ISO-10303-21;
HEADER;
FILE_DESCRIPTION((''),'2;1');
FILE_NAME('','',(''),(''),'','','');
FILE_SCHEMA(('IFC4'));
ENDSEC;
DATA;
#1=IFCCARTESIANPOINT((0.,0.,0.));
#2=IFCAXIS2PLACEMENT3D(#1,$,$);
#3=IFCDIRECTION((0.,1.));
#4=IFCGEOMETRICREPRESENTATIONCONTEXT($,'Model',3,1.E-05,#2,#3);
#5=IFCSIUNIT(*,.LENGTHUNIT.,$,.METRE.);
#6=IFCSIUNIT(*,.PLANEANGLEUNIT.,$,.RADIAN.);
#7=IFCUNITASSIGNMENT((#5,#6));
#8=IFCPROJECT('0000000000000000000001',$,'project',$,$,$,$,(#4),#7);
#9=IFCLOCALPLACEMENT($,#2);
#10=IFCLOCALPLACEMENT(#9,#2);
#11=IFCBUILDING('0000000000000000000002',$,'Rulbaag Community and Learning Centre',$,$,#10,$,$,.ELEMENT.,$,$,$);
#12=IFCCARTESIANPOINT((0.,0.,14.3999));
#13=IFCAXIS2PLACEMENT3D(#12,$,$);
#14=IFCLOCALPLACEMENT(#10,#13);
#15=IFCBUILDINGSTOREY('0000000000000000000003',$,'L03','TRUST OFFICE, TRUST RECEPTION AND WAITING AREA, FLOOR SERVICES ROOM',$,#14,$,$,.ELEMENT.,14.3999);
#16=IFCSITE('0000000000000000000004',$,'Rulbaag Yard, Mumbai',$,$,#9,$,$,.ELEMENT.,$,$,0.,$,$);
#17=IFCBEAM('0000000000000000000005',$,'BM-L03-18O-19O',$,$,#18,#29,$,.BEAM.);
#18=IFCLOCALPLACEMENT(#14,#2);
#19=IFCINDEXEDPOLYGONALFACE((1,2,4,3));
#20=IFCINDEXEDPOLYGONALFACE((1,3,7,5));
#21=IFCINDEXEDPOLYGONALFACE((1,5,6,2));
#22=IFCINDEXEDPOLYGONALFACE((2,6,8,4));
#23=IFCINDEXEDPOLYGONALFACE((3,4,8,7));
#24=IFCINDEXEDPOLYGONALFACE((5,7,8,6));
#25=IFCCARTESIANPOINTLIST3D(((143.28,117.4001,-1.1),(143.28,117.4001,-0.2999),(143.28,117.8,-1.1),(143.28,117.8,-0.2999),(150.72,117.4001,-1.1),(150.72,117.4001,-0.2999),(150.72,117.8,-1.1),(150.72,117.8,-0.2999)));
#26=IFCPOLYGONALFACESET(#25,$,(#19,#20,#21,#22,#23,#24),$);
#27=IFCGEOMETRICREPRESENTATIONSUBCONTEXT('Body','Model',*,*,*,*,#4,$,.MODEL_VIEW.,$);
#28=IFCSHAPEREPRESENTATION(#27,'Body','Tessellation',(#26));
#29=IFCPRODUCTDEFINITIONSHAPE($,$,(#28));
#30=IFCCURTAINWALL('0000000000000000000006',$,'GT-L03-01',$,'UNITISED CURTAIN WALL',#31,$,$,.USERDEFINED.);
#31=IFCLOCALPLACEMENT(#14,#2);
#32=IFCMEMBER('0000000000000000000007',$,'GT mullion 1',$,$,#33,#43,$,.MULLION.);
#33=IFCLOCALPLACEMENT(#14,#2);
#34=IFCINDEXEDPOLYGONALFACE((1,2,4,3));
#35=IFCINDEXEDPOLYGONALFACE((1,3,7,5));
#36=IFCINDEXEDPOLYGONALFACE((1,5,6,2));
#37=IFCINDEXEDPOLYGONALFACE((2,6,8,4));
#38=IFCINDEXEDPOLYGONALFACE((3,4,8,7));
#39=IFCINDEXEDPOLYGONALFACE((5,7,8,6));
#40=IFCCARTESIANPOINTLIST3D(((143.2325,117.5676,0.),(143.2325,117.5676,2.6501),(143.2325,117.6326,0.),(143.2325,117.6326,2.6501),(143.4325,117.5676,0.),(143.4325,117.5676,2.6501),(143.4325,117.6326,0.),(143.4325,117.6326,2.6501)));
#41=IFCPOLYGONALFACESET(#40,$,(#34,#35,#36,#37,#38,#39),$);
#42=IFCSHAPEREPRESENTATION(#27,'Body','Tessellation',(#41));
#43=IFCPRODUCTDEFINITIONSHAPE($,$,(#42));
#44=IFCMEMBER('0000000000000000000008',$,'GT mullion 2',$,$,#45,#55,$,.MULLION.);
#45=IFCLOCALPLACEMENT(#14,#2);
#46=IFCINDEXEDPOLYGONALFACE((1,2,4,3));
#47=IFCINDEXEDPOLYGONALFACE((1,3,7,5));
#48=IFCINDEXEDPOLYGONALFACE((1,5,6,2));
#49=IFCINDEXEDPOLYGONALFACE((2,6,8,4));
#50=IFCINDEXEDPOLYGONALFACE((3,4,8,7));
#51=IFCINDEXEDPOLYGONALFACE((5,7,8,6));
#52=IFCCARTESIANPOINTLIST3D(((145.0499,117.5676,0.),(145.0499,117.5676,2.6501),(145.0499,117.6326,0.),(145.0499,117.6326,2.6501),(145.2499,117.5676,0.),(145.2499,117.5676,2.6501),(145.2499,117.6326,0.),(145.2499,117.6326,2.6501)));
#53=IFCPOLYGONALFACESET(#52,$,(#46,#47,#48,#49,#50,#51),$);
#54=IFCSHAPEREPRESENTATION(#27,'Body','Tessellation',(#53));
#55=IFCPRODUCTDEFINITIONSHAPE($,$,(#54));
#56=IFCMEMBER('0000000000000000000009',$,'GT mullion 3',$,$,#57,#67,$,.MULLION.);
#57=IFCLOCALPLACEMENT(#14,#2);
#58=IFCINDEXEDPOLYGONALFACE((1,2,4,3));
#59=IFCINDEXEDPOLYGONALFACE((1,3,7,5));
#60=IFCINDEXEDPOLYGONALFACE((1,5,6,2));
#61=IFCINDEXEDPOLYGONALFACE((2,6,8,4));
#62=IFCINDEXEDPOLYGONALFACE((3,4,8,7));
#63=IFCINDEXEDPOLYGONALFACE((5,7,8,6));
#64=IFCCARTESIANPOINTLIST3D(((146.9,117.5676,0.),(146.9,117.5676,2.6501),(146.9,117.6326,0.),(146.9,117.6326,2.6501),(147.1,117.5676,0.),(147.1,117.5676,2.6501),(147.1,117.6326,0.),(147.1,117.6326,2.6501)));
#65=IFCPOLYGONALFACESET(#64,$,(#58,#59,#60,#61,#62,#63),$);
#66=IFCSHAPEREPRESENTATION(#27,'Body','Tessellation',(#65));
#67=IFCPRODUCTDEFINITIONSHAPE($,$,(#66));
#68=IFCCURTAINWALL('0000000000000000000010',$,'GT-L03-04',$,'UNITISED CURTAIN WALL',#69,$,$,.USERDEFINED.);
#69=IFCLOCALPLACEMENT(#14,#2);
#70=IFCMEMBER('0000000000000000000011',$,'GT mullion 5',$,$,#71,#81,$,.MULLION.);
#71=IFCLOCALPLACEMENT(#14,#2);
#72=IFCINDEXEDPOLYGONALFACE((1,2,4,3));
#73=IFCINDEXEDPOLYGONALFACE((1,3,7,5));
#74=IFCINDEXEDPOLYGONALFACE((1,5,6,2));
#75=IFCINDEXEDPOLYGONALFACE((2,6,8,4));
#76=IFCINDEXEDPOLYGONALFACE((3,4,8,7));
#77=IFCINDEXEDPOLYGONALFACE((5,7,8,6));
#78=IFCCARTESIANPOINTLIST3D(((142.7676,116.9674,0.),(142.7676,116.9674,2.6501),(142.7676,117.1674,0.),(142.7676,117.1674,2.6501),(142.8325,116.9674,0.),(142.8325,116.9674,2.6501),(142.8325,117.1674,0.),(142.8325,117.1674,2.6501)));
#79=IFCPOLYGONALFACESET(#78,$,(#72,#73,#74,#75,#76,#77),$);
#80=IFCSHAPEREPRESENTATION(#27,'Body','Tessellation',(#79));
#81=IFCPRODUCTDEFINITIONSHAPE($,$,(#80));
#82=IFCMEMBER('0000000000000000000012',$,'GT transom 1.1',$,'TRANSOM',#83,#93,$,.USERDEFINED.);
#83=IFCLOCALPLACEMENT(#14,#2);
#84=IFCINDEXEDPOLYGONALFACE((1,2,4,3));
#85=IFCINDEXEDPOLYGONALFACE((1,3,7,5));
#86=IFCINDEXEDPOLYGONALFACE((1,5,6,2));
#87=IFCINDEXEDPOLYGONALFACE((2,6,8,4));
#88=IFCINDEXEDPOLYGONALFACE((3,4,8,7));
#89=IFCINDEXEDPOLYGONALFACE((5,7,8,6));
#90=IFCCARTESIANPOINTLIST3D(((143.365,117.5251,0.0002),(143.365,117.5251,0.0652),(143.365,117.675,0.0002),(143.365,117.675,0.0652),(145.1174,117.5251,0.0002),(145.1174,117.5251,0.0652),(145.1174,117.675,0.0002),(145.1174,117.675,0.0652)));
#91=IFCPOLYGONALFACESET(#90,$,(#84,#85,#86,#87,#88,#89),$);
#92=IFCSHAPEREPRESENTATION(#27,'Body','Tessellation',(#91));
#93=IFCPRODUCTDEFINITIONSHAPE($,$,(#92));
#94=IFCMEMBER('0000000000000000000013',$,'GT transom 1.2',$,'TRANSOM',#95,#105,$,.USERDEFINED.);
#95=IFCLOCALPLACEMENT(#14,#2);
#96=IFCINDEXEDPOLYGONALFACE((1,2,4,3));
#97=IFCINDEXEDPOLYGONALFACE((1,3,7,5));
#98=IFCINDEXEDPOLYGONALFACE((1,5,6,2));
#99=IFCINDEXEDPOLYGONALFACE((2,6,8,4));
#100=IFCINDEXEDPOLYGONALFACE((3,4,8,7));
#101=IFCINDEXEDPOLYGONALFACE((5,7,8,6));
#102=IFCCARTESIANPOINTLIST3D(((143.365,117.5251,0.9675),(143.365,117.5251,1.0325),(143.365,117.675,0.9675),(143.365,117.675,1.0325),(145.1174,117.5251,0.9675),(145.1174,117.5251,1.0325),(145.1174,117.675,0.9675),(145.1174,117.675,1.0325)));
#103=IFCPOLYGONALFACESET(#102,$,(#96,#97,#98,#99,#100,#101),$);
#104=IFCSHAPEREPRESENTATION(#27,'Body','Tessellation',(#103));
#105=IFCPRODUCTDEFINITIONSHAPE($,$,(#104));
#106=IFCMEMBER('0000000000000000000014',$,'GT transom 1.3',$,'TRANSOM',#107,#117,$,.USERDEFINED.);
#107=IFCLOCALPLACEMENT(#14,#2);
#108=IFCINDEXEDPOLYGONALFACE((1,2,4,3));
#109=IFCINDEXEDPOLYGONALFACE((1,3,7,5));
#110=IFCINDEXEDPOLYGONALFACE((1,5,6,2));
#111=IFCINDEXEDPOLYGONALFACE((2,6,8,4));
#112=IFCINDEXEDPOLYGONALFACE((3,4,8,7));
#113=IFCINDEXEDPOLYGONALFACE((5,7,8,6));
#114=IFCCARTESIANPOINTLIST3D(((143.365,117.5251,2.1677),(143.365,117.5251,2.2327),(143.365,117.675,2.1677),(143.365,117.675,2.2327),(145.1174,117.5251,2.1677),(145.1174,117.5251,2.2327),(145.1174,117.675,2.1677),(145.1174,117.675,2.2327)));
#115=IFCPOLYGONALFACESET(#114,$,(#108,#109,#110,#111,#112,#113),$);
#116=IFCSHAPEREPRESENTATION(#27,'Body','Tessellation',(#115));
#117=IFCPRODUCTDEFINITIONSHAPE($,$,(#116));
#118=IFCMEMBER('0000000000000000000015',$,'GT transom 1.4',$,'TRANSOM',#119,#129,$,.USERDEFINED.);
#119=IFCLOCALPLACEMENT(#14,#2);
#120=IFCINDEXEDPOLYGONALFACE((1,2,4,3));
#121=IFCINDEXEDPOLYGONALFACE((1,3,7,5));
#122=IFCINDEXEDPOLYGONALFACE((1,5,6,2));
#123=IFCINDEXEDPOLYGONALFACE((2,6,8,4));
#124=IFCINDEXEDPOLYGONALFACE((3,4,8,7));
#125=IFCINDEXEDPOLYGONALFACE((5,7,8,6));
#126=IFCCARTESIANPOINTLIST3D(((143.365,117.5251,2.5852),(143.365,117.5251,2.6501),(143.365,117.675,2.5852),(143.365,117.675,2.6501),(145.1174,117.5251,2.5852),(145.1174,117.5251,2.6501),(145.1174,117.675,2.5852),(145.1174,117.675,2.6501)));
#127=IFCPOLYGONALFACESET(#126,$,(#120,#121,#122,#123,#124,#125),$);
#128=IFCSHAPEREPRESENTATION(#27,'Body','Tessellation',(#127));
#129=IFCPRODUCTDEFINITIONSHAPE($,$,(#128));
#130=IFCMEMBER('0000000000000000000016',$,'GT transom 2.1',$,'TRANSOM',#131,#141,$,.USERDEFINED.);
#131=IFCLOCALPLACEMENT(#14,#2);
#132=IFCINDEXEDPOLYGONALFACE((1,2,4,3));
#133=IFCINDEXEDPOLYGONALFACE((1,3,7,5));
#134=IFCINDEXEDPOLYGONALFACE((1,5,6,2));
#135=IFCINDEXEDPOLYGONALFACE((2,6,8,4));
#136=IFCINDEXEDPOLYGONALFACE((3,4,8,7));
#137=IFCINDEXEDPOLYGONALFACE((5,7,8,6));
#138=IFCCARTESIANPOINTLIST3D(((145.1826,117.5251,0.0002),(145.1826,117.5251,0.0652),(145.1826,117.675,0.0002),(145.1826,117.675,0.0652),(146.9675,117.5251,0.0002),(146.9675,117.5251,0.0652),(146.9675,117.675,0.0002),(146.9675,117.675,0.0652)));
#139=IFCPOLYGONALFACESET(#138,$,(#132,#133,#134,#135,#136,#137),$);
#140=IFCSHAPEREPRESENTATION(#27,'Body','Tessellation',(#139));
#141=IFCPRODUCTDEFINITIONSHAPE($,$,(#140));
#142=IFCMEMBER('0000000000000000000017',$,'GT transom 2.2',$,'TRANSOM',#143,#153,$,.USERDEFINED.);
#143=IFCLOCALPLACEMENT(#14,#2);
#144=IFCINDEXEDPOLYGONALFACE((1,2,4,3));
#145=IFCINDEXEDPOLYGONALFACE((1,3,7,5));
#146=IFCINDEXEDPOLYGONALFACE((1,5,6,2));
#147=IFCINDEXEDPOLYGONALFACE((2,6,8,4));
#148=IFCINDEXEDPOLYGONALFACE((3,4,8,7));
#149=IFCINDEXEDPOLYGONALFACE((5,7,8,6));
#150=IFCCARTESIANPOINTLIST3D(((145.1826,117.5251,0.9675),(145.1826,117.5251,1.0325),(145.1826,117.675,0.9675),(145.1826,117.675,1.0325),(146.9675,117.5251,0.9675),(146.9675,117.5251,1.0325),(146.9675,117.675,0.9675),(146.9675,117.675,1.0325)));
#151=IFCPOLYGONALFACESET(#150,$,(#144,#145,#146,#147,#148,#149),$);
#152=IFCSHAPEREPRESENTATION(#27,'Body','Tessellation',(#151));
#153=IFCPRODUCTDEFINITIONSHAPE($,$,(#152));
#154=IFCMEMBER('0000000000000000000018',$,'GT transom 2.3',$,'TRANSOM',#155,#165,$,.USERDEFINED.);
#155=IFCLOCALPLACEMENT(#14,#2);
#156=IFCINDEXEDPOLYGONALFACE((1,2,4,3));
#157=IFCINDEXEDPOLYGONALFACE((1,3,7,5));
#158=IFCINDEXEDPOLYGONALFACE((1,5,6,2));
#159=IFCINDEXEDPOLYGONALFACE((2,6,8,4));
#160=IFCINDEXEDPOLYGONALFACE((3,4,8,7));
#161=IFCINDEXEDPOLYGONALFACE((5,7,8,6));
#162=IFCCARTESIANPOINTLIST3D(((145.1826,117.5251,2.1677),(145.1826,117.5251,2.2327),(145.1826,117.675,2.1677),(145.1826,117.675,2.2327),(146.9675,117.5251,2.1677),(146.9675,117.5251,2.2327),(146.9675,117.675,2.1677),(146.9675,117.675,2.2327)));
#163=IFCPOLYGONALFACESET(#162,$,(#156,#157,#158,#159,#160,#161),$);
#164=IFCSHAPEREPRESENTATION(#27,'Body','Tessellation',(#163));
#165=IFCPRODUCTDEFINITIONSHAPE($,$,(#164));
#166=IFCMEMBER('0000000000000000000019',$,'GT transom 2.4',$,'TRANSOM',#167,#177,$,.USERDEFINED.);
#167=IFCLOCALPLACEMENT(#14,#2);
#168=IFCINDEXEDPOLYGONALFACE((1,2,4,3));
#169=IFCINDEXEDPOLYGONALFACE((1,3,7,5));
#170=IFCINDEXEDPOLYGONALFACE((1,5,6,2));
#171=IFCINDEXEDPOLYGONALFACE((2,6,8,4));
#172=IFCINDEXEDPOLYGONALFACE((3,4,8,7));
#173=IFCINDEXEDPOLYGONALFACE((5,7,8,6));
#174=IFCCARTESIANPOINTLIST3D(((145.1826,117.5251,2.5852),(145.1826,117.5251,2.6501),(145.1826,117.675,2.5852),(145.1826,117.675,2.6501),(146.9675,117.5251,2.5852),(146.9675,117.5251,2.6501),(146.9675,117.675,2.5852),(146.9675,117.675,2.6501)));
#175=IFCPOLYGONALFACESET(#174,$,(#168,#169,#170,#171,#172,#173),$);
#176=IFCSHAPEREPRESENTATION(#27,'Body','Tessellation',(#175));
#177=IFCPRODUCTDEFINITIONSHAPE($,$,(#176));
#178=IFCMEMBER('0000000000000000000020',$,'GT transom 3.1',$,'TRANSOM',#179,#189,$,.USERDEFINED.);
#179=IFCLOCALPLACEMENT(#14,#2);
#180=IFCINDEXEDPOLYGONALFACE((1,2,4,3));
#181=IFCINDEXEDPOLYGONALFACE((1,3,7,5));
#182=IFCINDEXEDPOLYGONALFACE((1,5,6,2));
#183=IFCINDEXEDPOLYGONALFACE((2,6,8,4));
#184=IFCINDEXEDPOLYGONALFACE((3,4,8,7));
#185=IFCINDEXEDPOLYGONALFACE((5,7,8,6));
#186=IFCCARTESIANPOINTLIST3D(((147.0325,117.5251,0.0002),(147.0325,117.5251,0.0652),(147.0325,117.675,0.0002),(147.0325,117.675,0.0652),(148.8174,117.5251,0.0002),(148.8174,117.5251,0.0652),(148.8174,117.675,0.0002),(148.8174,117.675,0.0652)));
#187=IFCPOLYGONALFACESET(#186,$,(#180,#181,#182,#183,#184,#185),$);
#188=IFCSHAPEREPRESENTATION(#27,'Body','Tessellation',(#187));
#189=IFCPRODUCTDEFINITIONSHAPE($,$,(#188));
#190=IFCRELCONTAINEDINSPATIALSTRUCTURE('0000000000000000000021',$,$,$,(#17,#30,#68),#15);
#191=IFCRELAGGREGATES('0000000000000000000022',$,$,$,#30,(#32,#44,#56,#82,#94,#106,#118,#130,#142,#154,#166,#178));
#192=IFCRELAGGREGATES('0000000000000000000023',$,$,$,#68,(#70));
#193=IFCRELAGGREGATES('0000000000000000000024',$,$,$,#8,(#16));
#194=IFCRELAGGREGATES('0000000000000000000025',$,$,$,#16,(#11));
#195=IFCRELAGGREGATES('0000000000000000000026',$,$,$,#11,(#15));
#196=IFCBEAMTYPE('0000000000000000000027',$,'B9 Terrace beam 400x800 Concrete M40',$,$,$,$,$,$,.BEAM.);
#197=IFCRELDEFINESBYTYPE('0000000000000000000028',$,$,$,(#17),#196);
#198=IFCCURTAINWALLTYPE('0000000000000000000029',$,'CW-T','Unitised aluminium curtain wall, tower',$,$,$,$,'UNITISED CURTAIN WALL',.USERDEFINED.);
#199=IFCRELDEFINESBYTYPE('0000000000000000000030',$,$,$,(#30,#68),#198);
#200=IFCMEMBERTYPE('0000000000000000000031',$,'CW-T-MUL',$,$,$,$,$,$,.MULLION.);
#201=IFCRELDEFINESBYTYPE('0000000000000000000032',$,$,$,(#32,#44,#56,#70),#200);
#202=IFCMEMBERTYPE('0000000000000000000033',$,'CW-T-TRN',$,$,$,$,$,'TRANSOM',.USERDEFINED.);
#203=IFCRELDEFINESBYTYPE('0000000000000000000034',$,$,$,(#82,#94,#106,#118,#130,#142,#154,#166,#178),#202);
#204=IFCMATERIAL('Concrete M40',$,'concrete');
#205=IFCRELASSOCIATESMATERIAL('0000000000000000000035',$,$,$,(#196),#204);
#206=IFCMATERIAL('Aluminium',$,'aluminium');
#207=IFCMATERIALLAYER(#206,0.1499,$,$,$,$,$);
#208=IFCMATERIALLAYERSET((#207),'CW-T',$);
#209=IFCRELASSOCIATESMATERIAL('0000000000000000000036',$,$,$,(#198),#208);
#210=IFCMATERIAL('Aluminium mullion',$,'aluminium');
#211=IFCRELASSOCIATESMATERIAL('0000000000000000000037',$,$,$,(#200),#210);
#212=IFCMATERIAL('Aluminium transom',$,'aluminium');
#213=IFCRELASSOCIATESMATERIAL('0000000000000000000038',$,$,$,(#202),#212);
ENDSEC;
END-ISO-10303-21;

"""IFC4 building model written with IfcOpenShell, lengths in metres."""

from ifc_helpers import new_model, si_unit, direction, frame, origin, origin_2d, place, context, subcontext, project, spatial, rectangle, extrude, material, layer, layer_set, material_profile, profile_set, type_object, element, aggregate, save


model = new_model("IFC4")

# Units and contexts
model_context = context("Model", 3, precision=1e-05, world=origin(), true_north=direction((0.0, 1.0)))
body_context = subcontext(model_context, "Body", "Model", "MODEL_VIEW")
ifc_project = project(units=[si_unit("LENGTHUNIT", "METRE"), si_unit("PLANEANGLEUNIT", "RADIAN")], contexts=[model_context])

# Site, building, storey
site_placement = place(None, origin())
site = spatial("IfcSite", under=ifc_project, at=site_placement, Name="Rulbaag Yard, Mumbai", CompositionType="ELEMENT", RefElevation=0.0)
building_placement = place(site_placement, origin())
building = spatial("IfcBuilding", under=site, at=building_placement, Name="Rulbaag Community and Learning Centre", CompositionType="ELEMENT")
storey_placement = place(building_placement, frame((0.0, 0.0, 14.3999)))
storey = spatial("IfcBuildingStorey", under=building, at=storey_placement, Name="L03", Description="TRUST OFFICE, TRUST RECEPTION AND WAITING AREA, FLOOR SERVICES ROOM", CompositionType="ELEMENT", Elevation=14.3999)

# Beam
ifc_material_1 = material(Name="Concrete M40", Category="concrete")
ifc_material_profile_1 = material_profile(ifc_material_1, rectangle(XDim=0.3999, YDim=0.8, at=origin_2d()), Name="RB400x800")
ifc_profile_set_1 = profile_set([ifc_material_profile_1], Name="Concrete M40")
beam_type = type_object("IfcBeamType", Name="B9 Terrace beam 400x800 Concrete M40", PredefinedType="BEAM", material=ifc_profile_set_1)
beam_placement = place(storey_placement, frame((143.28, 117.6001, -0.7), z_axis=(1.0, 0.0, 0.0), x_axis=(0.0, 1.0, 0.0)))
element("IfcBeam", 1, at=beam_placement, inside=storey, type_object=beam_type, Name="BM-L03-18O-19O", PredefinedType="BEAM", context=body_context, shape_type="SweptSolid", body=[
    extrude(rectangle(XDim=0.3999, YDim=0.8, at=origin_2d()), origin(), (0.0, 0.0, 1.0), 7.4399),
])

# Curtain wall, members
ifc_material_2 = material(Name="Aluminium", Category="aluminium")
ifc_layer_1 = layer(ifc_material_2, 0.1499)
ifc_layer_set_1 = layer_set([ifc_layer_1], Name="CW-T")
curtain_wall_type = type_object("IfcCurtainWallType", Name="CW-T", Description="Unitised aluminium curtain wall, tower", ElementType="UNITISED CURTAIN WALL", PredefinedType="USERDEFINED", material=ifc_layer_set_1)
curtain_wall_1_placement = place(storey_placement, origin())
curtain_wall_1 = element("IfcCurtainWall", 2, at=curtain_wall_1_placement, inside=storey, type_object=curtain_wall_type, Name="GT-L03-01", ObjectType="UNITISED CURTAIN WALL", PredefinedType="USERDEFINED")
ifc_material_3 = material(Name="Aluminium mullion", Category="aluminium")
ifc_material_profile_2 = material_profile(ifc_material_3, rectangle(XDim=0.0649, YDim=0.2, at=origin_2d()), Name="AL 65x200")
ifc_profile_set_2 = profile_set([ifc_material_profile_2], Name="Aluminium mullion")
member_type_1 = type_object("IfcMemberType", Name="CW-T-MUL", PredefinedType="MULLION", material=ifc_profile_set_2)
member_1_placement = place(storey_placement, frame((143.3325, 117.6001, 0.0), z_axis=(0.0, 0.0, 1.0), x_axis=(0.0, 1.0, 0.0)))
member_1 = element("IfcMember", 3, at=member_1_placement, type_object=member_type_1, Name="GT mullion 1", PredefinedType="MULLION", context=body_context, shape_type="SweptSolid", body=[
    extrude(rectangle(XDim=0.0649, YDim=0.2, at=origin_2d()), origin(), (0.0, 0.0, 1.0), 2.6501),
])
member_2_placement = place(storey_placement, frame((145.1499, 117.6001, 0.0), z_axis=(0.0, 0.0, 1.0), x_axis=(0.0, 1.0, 0.0)))
member_2 = element("IfcMember", 4, at=member_2_placement, type_object=member_type_1, Name="GT mullion 2", PredefinedType="MULLION", context=body_context, shape_type="SweptSolid", body=[
    extrude(rectangle(XDim=0.0649, YDim=0.2, at=origin_2d()), origin(), (0.0, 0.0, 1.0), 2.6501),
])
member_3_placement = place(storey_placement, frame((147.0, 117.6001, 0.0), z_axis=(0.0, 0.0, 1.0), x_axis=(0.0, 1.0, 0.0)))
member_3 = element("IfcMember", 5, at=member_3_placement, type_object=member_type_1, Name="GT mullion 3", PredefinedType="MULLION", context=body_context, shape_type="SweptSolid", body=[
    extrude(rectangle(XDim=0.0649, YDim=0.2, at=origin_2d()), origin(), (0.0, 0.0, 1.0), 2.6501),
])

# Curtain wall, member
curtain_wall_2_placement = place(storey_placement, origin())
curtain_wall_2 = element("IfcCurtainWall", 6, at=curtain_wall_2_placement, inside=storey, type_object=curtain_wall_type, Name="GT-L03-04", ObjectType="UNITISED CURTAIN WALL", PredefinedType="USERDEFINED")
member_4_placement = place(storey_placement, frame((142.8, 117.0674, 0.0), z_axis=(0.0, 0.0, 1.0), x_axis=(-1.0, 0.0, 0.0)))
member_4 = element("IfcMember", 7, at=member_4_placement, type_object=member_type_1, Name="GT mullion 5", PredefinedType="MULLION", context=body_context, shape_type="SweptSolid", body=[
    extrude(rectangle(XDim=0.0649, YDim=0.2, at=origin_2d()), origin(), (0.0, 0.0, 1.0), 2.6501),
])

# Members
ifc_material_4 = material(Name="Aluminium transom", Category="aluminium")
ifc_material_profile_3 = material_profile(ifc_material_4, rectangle(XDim=0.1499, YDim=0.0649, at=origin_2d()), Name="AL 65x150 T")
ifc_profile_set_3 = profile_set([ifc_material_profile_3], Name="Aluminium transom")
member_type_2 = type_object("IfcMemberType", Name="CW-T-TRN", ElementType="TRANSOM", PredefinedType="USERDEFINED", material=ifc_profile_set_3)
member_5_placement = place(storey_placement, frame((143.365, 117.6001, 0.0327), z_axis=(1.0, 0.0, 0.0), x_axis=(0.0, 1.0, 0.0)))
member_5 = element("IfcMember", 8, at=member_5_placement, type_object=member_type_2, Name="GT transom 1.1", ObjectType="TRANSOM", PredefinedType="USERDEFINED", context=body_context, shape_type="SweptSolid", body=[
    extrude(rectangle(XDim=0.1499, YDim=0.0649, at=origin_2d()), origin(), (0.0, 0.0, 1.0), 1.7524),
])
member_6_placement = place(storey_placement, frame((143.365, 117.6001, 1.0), z_axis=(1.0, 0.0, 0.0), x_axis=(0.0, 1.0, 0.0)))
member_6 = element("IfcMember", 9, at=member_6_placement, type_object=member_type_2, Name="GT transom 1.2", ObjectType="TRANSOM", PredefinedType="USERDEFINED", context=body_context, shape_type="SweptSolid", body=[
    extrude(rectangle(XDim=0.1499, YDim=0.0649, at=origin_2d()), origin(), (0.0, 0.0, 1.0), 1.7524),
])
member_7_placement = place(storey_placement, frame((143.365, 117.6001, 2.2002), z_axis=(1.0, 0.0, 0.0), x_axis=(0.0, 1.0, 0.0)))
member_7 = element("IfcMember", 10, at=member_7_placement, type_object=member_type_2, Name="GT transom 1.3", ObjectType="TRANSOM", PredefinedType="USERDEFINED", context=body_context, shape_type="SweptSolid", body=[
    extrude(rectangle(XDim=0.1499, YDim=0.0649, at=origin_2d()), origin(), (0.0, 0.0, 1.0), 1.7524),
])
member_8_placement = place(storey_placement, frame((143.365, 117.6001, 2.6177), z_axis=(1.0, 0.0, 0.0), x_axis=(0.0, 1.0, 0.0)))
member_8 = element("IfcMember", 11, at=member_8_placement, type_object=member_type_2, Name="GT transom 1.4", ObjectType="TRANSOM", PredefinedType="USERDEFINED", context=body_context, shape_type="SweptSolid", body=[
    extrude(rectangle(XDim=0.1499, YDim=0.0649, at=origin_2d()), origin(), (0.0, 0.0, 1.0), 1.7524),
])
member_9_placement = place(storey_placement, frame((145.1826, 117.6001, 0.0327), z_axis=(1.0, 0.0, 0.0), x_axis=(0.0, 1.0, 0.0)))
member_9 = element("IfcMember", 12, at=member_9_placement, type_object=member_type_2, Name="GT transom 2.1", ObjectType="TRANSOM", PredefinedType="USERDEFINED", context=body_context, shape_type="SweptSolid", body=[
    extrude(rectangle(XDim=0.1499, YDim=0.0649, at=origin_2d()), origin(), (0.0, 0.0, 1.0), 1.7849),
])
member_10_placement = place(storey_placement, frame((145.1826, 117.6001, 1.0), z_axis=(1.0, 0.0, 0.0), x_axis=(0.0, 1.0, 0.0)))
member_10 = element("IfcMember", 13, at=member_10_placement, type_object=member_type_2, Name="GT transom 2.2", ObjectType="TRANSOM", PredefinedType="USERDEFINED", context=body_context, shape_type="SweptSolid", body=[
    extrude(rectangle(XDim=0.1499, YDim=0.0649, at=origin_2d()), origin(), (0.0, 0.0, 1.0), 1.7849),
])
member_11_placement = place(storey_placement, frame((145.1826, 117.6001, 2.2002), z_axis=(1.0, 0.0, 0.0), x_axis=(0.0, 1.0, 0.0)))
member_11 = element("IfcMember", 14, at=member_11_placement, type_object=member_type_2, Name="GT transom 2.3", ObjectType="TRANSOM", PredefinedType="USERDEFINED", context=body_context, shape_type="SweptSolid", body=[
    extrude(rectangle(XDim=0.1499, YDim=0.0649, at=origin_2d()), origin(), (0.0, 0.0, 1.0), 1.7849),
])
member_12_placement = place(storey_placement, frame((145.1826, 117.6001, 2.6177), z_axis=(1.0, 0.0, 0.0), x_axis=(0.0, 1.0, 0.0)))
member_12 = element("IfcMember", 15, at=member_12_placement, type_object=member_type_2, Name="GT transom 2.4", ObjectType="TRANSOM", PredefinedType="USERDEFINED", context=body_context, shape_type="SweptSolid", body=[
    extrude(rectangle(XDim=0.1499, YDim=0.0649, at=origin_2d()), origin(), (0.0, 0.0, 1.0), 1.7849),
])
member_13_placement = place(storey_placement, frame((147.0325, 117.6001, 0.0327), z_axis=(1.0, 0.0, 0.0), x_axis=(0.0, 1.0, 0.0)))
member_13 = element("IfcMember", 16, at=member_13_placement, type_object=member_type_2, Name="GT transom 3.1", ObjectType="TRANSOM", PredefinedType="USERDEFINED", context=body_context, shape_type="SweptSolid", body=[
    extrude(rectangle(XDim=0.1499, YDim=0.0649, at=origin_2d()), origin(), (0.0, 0.0, 1.0), 1.7849),
])

aggregate(curtain_wall_1, [member_1, member_2, member_3, member_5, member_6, member_7, member_8, member_9, member_10, member_11, member_12, member_13])
aggregate(curtain_wall_2, [member_4])

save(model, "model.ifc")
